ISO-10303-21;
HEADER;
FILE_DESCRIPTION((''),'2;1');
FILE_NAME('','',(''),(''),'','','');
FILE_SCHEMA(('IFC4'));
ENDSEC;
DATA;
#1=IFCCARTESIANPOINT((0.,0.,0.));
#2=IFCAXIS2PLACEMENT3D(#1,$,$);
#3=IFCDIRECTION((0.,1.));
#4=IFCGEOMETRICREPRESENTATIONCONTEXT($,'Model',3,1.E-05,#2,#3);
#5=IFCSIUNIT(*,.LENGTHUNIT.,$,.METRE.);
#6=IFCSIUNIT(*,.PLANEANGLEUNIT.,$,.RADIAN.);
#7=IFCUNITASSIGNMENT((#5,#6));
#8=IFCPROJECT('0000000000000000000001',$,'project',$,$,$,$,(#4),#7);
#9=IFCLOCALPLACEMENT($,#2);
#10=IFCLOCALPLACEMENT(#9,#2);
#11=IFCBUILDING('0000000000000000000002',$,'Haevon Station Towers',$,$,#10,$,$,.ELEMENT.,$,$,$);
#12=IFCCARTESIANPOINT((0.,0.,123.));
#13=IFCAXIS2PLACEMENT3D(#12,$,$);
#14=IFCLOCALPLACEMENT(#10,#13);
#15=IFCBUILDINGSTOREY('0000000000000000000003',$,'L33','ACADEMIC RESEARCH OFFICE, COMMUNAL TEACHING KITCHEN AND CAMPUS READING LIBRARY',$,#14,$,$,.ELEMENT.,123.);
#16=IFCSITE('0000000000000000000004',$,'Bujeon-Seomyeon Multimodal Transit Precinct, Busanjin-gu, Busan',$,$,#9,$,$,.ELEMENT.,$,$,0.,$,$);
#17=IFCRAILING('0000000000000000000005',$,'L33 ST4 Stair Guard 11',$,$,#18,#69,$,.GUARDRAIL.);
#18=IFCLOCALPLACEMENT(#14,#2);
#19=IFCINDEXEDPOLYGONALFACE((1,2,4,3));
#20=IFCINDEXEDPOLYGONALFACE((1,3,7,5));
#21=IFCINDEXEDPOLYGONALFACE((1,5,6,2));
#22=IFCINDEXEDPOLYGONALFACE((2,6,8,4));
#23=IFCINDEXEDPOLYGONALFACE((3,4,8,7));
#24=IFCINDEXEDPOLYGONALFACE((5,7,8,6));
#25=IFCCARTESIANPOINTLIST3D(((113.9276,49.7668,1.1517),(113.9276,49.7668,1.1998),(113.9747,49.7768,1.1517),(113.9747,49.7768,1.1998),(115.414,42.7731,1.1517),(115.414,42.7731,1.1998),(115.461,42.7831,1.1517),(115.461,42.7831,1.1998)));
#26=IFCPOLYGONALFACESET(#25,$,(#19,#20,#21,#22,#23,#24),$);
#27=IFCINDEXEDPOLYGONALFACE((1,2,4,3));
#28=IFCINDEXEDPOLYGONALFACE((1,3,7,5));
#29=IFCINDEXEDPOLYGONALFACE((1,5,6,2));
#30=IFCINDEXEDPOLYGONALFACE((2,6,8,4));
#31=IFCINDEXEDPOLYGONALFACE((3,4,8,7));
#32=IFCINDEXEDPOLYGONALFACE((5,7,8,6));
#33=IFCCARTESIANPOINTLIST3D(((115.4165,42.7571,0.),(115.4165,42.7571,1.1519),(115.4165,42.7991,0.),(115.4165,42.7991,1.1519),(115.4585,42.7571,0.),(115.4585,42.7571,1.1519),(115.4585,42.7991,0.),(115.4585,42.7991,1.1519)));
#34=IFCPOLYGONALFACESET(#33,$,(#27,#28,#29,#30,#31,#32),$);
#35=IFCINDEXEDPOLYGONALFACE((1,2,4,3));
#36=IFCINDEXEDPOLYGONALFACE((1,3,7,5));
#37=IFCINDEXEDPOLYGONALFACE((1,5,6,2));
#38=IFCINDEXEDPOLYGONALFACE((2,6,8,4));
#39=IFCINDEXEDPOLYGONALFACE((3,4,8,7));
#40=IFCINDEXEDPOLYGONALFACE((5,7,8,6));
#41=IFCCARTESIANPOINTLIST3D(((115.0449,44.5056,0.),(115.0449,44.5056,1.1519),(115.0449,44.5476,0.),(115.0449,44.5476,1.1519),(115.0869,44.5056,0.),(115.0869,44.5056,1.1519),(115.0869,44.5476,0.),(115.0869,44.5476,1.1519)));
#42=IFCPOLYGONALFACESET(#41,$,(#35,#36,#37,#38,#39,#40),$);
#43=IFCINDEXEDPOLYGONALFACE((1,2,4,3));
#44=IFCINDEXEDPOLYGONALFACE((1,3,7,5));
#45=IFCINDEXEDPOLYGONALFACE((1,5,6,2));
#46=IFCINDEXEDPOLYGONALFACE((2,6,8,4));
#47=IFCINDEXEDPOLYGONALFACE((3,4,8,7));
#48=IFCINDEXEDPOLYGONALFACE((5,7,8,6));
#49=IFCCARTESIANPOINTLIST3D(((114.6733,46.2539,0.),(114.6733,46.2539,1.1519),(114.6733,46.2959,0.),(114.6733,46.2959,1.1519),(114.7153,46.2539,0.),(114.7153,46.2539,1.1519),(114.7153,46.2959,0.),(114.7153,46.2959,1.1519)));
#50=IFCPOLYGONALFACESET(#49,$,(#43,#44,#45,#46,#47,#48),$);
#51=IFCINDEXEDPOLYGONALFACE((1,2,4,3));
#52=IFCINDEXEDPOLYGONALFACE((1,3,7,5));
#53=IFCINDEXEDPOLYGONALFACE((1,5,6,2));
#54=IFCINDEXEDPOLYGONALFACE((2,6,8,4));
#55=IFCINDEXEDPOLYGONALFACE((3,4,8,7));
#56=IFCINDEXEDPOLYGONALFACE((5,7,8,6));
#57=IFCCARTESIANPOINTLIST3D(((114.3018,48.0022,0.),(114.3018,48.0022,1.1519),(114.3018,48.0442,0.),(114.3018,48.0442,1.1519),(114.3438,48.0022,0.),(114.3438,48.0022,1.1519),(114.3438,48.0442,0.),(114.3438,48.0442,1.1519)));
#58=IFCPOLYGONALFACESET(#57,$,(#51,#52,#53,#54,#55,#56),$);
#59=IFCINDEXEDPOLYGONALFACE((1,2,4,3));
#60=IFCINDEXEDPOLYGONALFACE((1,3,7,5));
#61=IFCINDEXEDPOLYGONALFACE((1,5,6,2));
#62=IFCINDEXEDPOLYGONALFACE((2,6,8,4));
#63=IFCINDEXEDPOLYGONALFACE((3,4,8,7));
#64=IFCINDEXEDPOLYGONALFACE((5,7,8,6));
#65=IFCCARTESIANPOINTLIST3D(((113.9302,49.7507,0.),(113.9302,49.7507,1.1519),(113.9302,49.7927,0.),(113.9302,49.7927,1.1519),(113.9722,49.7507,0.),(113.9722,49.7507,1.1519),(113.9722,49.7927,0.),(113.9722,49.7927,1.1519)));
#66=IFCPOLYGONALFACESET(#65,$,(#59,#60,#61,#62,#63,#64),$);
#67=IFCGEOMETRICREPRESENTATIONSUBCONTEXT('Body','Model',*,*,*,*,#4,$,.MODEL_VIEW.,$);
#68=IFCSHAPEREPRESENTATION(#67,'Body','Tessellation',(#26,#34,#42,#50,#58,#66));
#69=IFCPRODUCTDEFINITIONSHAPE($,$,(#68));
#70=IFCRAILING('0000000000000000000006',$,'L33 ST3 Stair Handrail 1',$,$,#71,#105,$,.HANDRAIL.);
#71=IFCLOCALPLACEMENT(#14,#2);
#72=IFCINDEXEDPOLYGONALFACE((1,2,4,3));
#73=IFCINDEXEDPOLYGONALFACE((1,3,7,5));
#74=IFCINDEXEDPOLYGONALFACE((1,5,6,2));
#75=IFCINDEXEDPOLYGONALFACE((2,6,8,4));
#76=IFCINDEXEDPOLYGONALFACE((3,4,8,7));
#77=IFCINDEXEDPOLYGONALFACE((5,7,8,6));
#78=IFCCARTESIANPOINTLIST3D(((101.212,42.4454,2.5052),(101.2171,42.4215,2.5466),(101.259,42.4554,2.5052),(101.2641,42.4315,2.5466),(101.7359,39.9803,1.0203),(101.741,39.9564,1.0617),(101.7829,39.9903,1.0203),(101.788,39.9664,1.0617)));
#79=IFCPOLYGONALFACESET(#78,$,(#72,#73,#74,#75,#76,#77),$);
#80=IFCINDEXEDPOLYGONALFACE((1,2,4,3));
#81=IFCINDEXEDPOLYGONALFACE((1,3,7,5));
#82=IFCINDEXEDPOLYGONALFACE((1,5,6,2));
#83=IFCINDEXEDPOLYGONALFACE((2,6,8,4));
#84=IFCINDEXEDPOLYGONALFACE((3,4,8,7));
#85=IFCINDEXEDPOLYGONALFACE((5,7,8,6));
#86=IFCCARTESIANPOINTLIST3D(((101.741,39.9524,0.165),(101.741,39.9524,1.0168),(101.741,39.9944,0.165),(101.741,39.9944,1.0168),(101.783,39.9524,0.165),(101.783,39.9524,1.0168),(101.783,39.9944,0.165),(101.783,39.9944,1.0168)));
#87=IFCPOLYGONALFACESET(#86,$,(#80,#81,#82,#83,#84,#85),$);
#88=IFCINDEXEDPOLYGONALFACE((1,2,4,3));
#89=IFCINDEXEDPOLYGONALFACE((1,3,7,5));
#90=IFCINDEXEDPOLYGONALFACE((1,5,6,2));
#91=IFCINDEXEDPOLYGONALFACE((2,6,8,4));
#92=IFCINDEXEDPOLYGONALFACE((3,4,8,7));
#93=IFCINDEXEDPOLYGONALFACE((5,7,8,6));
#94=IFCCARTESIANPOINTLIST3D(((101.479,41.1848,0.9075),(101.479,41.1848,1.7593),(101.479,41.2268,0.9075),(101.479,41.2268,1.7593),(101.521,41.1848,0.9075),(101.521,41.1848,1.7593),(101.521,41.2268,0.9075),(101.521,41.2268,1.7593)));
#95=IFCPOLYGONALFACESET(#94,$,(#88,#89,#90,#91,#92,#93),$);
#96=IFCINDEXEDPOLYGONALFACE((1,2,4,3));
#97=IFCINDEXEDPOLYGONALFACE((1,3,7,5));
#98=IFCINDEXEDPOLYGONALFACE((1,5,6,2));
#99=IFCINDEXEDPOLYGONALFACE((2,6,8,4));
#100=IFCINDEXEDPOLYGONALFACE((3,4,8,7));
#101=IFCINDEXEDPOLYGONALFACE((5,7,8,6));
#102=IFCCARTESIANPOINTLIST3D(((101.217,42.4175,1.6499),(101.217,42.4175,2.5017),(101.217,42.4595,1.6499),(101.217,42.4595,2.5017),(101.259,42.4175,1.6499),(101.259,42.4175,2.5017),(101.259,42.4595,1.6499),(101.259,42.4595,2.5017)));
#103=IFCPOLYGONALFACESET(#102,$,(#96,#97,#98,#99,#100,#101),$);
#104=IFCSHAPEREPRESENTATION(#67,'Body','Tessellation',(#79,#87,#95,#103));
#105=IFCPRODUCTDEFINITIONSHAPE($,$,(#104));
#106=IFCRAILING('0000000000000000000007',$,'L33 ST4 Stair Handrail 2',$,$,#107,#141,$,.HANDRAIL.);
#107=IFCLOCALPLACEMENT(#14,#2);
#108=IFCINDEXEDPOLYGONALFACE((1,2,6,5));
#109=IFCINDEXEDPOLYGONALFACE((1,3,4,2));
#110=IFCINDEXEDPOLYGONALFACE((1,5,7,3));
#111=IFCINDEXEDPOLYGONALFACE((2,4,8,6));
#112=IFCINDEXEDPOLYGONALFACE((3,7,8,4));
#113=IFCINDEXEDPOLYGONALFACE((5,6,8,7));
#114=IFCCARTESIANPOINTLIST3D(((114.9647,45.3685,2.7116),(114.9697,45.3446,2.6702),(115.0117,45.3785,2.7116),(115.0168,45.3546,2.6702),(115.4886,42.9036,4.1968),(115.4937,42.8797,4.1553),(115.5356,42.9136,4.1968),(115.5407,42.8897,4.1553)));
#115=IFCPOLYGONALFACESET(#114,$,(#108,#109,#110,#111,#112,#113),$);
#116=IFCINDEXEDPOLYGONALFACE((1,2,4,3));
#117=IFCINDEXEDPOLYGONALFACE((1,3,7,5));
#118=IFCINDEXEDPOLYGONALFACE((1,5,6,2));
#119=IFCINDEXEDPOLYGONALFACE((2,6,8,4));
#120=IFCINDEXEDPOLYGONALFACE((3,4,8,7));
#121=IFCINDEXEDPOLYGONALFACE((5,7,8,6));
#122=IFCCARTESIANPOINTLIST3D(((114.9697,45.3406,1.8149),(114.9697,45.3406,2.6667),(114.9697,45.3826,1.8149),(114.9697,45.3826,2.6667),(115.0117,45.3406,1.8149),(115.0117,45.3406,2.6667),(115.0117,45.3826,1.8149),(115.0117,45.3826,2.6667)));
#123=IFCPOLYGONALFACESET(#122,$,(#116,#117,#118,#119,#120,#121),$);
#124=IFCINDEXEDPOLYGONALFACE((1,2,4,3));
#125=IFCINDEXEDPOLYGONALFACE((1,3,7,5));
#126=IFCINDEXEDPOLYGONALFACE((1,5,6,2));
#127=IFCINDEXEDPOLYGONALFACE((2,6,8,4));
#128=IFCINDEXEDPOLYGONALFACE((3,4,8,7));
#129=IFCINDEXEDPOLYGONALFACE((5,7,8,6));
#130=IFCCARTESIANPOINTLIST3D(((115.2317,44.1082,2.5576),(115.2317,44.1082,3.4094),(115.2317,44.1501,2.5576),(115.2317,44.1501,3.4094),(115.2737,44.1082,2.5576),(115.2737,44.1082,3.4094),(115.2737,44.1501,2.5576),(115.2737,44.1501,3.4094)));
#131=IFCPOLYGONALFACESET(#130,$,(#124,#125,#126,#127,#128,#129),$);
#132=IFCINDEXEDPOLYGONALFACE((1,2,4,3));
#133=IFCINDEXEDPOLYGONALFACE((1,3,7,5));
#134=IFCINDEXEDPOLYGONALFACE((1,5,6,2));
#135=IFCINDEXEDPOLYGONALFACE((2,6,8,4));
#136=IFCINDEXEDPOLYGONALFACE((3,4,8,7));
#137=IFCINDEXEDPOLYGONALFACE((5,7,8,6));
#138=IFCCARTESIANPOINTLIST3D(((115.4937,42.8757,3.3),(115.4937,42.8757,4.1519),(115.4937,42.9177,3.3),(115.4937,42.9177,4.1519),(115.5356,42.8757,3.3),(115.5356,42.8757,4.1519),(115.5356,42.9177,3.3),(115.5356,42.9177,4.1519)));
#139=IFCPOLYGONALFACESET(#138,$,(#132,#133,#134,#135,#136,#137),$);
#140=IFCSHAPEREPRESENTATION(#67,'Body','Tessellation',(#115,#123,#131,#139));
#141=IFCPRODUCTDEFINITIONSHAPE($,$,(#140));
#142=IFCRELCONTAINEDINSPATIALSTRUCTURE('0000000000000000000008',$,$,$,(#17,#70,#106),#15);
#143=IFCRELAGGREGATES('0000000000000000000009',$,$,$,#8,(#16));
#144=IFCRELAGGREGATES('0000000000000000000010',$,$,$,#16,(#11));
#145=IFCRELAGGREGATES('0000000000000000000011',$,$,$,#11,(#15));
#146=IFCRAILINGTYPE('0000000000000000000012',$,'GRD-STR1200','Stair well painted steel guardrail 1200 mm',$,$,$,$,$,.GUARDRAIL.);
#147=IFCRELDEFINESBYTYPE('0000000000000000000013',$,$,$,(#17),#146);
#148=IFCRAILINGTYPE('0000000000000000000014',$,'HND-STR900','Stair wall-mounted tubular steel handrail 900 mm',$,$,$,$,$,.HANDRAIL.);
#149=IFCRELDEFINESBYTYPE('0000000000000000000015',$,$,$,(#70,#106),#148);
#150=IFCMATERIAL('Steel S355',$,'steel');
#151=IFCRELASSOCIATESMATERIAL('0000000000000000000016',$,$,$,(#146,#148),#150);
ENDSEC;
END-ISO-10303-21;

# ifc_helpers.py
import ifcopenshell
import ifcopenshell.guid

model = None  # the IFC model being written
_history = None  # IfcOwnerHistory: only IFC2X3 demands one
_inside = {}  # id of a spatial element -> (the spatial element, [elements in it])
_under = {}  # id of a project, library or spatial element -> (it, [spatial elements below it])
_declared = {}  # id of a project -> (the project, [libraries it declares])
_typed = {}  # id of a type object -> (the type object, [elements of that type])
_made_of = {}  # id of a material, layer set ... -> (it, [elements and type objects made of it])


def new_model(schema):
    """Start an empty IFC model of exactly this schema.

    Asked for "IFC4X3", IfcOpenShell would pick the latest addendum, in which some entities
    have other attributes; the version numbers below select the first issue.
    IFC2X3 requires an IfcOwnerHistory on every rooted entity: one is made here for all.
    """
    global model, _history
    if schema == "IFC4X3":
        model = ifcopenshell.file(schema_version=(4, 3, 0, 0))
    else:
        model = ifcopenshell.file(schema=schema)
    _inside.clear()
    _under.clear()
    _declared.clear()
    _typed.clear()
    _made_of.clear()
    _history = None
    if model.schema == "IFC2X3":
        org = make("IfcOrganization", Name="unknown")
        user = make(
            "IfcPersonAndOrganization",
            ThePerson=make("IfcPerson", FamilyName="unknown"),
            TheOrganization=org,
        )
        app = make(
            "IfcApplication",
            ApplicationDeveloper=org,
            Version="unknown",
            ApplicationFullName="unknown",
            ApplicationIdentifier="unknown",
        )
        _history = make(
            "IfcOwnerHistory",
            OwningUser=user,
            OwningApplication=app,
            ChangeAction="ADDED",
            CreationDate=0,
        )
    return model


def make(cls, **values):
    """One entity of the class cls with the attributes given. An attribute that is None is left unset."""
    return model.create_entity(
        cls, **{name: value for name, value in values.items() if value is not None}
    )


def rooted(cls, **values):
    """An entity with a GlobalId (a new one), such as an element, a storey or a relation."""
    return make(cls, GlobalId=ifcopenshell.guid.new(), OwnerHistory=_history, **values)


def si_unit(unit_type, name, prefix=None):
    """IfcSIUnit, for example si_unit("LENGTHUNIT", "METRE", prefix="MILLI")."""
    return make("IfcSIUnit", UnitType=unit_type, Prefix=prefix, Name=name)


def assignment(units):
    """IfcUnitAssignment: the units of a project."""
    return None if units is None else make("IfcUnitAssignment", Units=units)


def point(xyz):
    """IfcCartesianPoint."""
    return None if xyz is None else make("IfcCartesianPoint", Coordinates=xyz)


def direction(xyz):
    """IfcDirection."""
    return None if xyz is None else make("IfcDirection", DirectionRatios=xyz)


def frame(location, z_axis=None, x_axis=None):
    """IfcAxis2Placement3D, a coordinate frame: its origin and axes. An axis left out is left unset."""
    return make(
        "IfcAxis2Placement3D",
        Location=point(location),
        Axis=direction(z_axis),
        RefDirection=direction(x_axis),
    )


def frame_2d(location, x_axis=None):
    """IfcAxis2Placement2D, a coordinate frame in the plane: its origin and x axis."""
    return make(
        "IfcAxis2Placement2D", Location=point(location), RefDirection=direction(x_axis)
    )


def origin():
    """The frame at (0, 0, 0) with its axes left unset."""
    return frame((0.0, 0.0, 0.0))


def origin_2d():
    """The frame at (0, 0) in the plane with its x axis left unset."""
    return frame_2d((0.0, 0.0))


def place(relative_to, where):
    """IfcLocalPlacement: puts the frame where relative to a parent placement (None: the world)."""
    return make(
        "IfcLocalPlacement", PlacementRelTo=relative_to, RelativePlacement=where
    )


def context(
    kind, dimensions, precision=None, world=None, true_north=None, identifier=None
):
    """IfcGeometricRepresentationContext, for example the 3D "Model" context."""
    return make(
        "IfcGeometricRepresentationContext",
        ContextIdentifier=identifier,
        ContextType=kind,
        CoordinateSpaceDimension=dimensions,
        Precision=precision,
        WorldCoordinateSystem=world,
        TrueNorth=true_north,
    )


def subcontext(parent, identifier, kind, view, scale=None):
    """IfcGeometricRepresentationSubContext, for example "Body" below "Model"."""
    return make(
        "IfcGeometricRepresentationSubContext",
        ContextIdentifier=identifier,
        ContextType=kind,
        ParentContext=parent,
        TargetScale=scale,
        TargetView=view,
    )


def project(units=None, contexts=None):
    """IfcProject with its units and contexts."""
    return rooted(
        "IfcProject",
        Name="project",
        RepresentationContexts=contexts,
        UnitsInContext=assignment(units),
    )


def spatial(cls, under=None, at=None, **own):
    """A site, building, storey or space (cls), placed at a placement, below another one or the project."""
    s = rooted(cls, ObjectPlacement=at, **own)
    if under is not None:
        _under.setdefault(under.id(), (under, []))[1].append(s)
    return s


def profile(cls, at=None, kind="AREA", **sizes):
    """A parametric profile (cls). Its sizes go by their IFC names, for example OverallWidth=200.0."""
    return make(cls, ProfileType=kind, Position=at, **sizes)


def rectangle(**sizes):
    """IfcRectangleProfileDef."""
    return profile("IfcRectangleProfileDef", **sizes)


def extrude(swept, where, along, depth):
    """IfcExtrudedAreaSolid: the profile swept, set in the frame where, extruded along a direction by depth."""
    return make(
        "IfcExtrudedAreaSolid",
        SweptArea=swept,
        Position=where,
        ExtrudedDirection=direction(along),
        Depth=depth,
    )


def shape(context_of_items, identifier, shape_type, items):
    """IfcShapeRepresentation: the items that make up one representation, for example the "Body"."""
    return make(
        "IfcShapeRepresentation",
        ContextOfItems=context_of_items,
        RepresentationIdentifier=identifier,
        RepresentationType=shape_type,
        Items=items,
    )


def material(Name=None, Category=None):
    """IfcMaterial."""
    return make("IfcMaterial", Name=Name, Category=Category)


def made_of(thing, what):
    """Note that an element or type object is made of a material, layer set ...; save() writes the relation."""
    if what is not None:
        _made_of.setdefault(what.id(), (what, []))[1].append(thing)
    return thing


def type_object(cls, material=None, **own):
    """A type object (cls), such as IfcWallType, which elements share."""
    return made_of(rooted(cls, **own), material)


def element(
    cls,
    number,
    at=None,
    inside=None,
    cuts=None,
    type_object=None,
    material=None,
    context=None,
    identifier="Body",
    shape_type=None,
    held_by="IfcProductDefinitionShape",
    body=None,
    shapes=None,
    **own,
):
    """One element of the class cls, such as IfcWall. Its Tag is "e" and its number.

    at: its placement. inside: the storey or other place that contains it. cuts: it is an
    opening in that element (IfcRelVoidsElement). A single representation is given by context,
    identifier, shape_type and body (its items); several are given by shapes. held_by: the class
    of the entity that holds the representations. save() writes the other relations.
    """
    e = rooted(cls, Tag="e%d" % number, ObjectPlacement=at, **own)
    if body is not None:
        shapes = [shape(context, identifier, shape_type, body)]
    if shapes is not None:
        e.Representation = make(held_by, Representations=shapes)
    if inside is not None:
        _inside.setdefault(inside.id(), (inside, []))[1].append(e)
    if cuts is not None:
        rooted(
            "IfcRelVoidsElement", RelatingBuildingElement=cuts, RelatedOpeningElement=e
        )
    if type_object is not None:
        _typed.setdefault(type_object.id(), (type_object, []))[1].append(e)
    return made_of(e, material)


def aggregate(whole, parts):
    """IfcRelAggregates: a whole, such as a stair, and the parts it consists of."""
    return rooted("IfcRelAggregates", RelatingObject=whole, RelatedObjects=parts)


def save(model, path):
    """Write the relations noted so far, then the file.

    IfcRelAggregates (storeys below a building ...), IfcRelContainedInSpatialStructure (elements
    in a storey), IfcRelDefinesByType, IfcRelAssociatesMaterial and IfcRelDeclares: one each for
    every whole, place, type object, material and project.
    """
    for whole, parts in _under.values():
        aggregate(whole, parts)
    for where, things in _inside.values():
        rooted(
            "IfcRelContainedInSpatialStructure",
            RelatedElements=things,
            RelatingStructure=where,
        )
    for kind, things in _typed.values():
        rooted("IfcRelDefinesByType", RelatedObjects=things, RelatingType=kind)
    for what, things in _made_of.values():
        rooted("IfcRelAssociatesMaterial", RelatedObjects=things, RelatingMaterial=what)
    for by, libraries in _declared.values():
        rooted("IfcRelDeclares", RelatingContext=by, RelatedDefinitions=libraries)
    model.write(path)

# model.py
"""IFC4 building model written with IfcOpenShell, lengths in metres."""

from ifc_helpers import new_model, si_unit, direction, frame, origin, origin_2d, place, context, subcontext, project, spatial, rectangle, extrude, material, type_object, element, save


model = new_model("IFC4")

# Units and contexts
model_context = context("Model", 3, precision=1e-05, world=origin(), true_north=direction((0.0, 1.0)))
body_context = subcontext(model_context, "Body", "Model", "MODEL_VIEW")
ifc_project = project(units=[si_unit("LENGTHUNIT", "METRE"), si_unit("PLANEANGLEUNIT", "RADIAN")], contexts=[model_context])

# Site, building, storey
site_placement = place(None, origin())
site = spatial("IfcSite", under=ifc_project, at=site_placement, Name="Bujeon-Seomyeon Multimodal Transit Precinct, Busanjin-gu, Busan", CompositionType="ELEMENT", RefElevation=0.0)
building_placement = place(site_placement, origin())
building = spatial("IfcBuilding", under=site, at=building_placement, Name="Haevon Station Towers", CompositionType="ELEMENT")
storey_placement = place(building_placement, frame((0.0, 0.0, 123.0)))
storey = spatial("IfcBuildingStorey", under=building, at=storey_placement, Name="L33", Description="ACADEMIC RESEARCH OFFICE, COMMUNAL TEACHING KITCHEN AND CAMPUS READING LIBRARY", CompositionType="ELEMENT", Elevation=123.0)

# Shared definitions
ifc_material_1 = material(Name="Steel S355", Category="steel")

# Railings
railing_type_1 = type_object("IfcRailingType", Name="GRD-STR1200", Description="Stair well painted steel guardrail 1200 mm", PredefinedType="GUARDRAIL", material=ifc_material_1)
railing_1_placement = place(storey_placement, frame((115.4375, 42.7781, 0.0)))
element("IfcRailing", 1, at=railing_1_placement, inside=storey, type_object=railing_type_1, Name="L33 ST4 Stair Guard 11", PredefinedType="GUARDRAIL", context=body_context, shape_type="SweptSolid", body=[
    extrude(rectangle(XDim=0.0481, YDim=0.0481, at=origin_2d()), frame((0.0, 0.0, 1.1758), z_axis=(-0.207882, 0.978154, 0.0), x_axis=(-0.978154, -0.207882, 0.0)), (0.0, 0.0, 1.0), 7.1499),
    extrude(rectangle(XDim=0.042, YDim=0.042, at=origin_2d()), origin(), (0.0, 0.0, 1.0), 1.1519),
    extrude(rectangle(XDim=0.042, YDim=0.042, at=origin_2d()), frame((-0.3716, 1.7485, 0.0)), (0.0, 0.0, 1.0), 1.1519),
    extrude(rectangle(XDim=0.042, YDim=0.042, at=origin_2d()), frame((-0.7432, 3.4968, 0.0)), (0.0, 0.0, 1.0), 1.1519),
    extrude(rectangle(XDim=0.042, YDim=0.042, at=origin_2d()), frame((-1.1147, 5.2451, 0.0)), (0.0, 0.0, 1.0), 1.1519),
    extrude(rectangle(XDim=0.042, YDim=0.042, at=origin_2d()), frame((-1.4863, 6.9937, 0.0)), (0.0, 0.0, 1.0), 1.1519),
])
railing_type_2 = type_object("IfcRailingType", Name="HND-STR900", Description="Stair wall-mounted tubular steel handrail 900 mm", PredefinedType="HANDRAIL", material=ifc_material_1)
railing_2_placement = place(storey_placement, frame((101.762, 39.9734, 0.165)))
element("IfcRailing", 2, at=railing_2_placement, inside=storey, type_object=railing_type_2, Name="L33 ST3 Stair Handrail 1", PredefinedType="HANDRAIL", context=body_context, shape_type="SweptSolid", body=[
    extrude(rectangle(XDim=0.0481, YDim=0.0481, at=origin_2d()), frame((0.0, 0.0, 0.876), z_axis=(-0.179116, 0.842748, 0.507635), x_axis=(-0.978151, -0.207895, 0.0)), (0.0, 0.0, 1.0), 2.925),
    extrude(rectangle(XDim=0.042, YDim=0.042, at=origin_2d()), origin(), (0.0, 0.0, 1.0), 0.8518),
    extrude(rectangle(XDim=0.042, YDim=0.042, at=origin_2d()), frame((-0.262, 1.2324, 0.7424)), (0.0, 0.0, 1.0), 0.8518),
    extrude(rectangle(XDim=0.042, YDim=0.042, at=origin_2d()), frame((-0.5239, 2.4651, 1.4849)), (0.0, 0.0, 1.0), 0.8518),
])
railing_3_placement = place(storey_placement, frame((114.9907, 45.3616, 1.8149)))
element("IfcRailing", 3, at=railing_3_placement, inside=storey, type_object=railing_type_2, Name="L33 ST4 Stair Handrail 2", PredefinedType="HANDRAIL", context=body_context, shape_type="SweptSolid", body=[
    extrude(rectangle(XDim=0.0481, YDim=0.0481, at=origin_2d()), frame((0.0, 0.0, 0.876), z_axis=(0.179121, -0.842688, 0.507733), x_axis=(0.978147, 0.207914, 0.0)), (0.0, 0.0, 1.0), 2.925),
    extrude(rectangle(XDim=0.042, YDim=0.042, at=origin_2d()), origin(), (0.0, 0.0, 1.0), 0.8518),
    extrude(rectangle(XDim=0.042, YDim=0.042, at=origin_2d()), frame((0.262, -1.2324, 0.7427)), (0.0, 0.0, 1.0), 0.8518),
    extrude(rectangle(XDim=0.042, YDim=0.042, at=origin_2d()), frame((0.5239, -2.4648, 1.4851)), (0.0, 0.0, 1.0), 0.8518),
])

save(model, "model.ifc")
